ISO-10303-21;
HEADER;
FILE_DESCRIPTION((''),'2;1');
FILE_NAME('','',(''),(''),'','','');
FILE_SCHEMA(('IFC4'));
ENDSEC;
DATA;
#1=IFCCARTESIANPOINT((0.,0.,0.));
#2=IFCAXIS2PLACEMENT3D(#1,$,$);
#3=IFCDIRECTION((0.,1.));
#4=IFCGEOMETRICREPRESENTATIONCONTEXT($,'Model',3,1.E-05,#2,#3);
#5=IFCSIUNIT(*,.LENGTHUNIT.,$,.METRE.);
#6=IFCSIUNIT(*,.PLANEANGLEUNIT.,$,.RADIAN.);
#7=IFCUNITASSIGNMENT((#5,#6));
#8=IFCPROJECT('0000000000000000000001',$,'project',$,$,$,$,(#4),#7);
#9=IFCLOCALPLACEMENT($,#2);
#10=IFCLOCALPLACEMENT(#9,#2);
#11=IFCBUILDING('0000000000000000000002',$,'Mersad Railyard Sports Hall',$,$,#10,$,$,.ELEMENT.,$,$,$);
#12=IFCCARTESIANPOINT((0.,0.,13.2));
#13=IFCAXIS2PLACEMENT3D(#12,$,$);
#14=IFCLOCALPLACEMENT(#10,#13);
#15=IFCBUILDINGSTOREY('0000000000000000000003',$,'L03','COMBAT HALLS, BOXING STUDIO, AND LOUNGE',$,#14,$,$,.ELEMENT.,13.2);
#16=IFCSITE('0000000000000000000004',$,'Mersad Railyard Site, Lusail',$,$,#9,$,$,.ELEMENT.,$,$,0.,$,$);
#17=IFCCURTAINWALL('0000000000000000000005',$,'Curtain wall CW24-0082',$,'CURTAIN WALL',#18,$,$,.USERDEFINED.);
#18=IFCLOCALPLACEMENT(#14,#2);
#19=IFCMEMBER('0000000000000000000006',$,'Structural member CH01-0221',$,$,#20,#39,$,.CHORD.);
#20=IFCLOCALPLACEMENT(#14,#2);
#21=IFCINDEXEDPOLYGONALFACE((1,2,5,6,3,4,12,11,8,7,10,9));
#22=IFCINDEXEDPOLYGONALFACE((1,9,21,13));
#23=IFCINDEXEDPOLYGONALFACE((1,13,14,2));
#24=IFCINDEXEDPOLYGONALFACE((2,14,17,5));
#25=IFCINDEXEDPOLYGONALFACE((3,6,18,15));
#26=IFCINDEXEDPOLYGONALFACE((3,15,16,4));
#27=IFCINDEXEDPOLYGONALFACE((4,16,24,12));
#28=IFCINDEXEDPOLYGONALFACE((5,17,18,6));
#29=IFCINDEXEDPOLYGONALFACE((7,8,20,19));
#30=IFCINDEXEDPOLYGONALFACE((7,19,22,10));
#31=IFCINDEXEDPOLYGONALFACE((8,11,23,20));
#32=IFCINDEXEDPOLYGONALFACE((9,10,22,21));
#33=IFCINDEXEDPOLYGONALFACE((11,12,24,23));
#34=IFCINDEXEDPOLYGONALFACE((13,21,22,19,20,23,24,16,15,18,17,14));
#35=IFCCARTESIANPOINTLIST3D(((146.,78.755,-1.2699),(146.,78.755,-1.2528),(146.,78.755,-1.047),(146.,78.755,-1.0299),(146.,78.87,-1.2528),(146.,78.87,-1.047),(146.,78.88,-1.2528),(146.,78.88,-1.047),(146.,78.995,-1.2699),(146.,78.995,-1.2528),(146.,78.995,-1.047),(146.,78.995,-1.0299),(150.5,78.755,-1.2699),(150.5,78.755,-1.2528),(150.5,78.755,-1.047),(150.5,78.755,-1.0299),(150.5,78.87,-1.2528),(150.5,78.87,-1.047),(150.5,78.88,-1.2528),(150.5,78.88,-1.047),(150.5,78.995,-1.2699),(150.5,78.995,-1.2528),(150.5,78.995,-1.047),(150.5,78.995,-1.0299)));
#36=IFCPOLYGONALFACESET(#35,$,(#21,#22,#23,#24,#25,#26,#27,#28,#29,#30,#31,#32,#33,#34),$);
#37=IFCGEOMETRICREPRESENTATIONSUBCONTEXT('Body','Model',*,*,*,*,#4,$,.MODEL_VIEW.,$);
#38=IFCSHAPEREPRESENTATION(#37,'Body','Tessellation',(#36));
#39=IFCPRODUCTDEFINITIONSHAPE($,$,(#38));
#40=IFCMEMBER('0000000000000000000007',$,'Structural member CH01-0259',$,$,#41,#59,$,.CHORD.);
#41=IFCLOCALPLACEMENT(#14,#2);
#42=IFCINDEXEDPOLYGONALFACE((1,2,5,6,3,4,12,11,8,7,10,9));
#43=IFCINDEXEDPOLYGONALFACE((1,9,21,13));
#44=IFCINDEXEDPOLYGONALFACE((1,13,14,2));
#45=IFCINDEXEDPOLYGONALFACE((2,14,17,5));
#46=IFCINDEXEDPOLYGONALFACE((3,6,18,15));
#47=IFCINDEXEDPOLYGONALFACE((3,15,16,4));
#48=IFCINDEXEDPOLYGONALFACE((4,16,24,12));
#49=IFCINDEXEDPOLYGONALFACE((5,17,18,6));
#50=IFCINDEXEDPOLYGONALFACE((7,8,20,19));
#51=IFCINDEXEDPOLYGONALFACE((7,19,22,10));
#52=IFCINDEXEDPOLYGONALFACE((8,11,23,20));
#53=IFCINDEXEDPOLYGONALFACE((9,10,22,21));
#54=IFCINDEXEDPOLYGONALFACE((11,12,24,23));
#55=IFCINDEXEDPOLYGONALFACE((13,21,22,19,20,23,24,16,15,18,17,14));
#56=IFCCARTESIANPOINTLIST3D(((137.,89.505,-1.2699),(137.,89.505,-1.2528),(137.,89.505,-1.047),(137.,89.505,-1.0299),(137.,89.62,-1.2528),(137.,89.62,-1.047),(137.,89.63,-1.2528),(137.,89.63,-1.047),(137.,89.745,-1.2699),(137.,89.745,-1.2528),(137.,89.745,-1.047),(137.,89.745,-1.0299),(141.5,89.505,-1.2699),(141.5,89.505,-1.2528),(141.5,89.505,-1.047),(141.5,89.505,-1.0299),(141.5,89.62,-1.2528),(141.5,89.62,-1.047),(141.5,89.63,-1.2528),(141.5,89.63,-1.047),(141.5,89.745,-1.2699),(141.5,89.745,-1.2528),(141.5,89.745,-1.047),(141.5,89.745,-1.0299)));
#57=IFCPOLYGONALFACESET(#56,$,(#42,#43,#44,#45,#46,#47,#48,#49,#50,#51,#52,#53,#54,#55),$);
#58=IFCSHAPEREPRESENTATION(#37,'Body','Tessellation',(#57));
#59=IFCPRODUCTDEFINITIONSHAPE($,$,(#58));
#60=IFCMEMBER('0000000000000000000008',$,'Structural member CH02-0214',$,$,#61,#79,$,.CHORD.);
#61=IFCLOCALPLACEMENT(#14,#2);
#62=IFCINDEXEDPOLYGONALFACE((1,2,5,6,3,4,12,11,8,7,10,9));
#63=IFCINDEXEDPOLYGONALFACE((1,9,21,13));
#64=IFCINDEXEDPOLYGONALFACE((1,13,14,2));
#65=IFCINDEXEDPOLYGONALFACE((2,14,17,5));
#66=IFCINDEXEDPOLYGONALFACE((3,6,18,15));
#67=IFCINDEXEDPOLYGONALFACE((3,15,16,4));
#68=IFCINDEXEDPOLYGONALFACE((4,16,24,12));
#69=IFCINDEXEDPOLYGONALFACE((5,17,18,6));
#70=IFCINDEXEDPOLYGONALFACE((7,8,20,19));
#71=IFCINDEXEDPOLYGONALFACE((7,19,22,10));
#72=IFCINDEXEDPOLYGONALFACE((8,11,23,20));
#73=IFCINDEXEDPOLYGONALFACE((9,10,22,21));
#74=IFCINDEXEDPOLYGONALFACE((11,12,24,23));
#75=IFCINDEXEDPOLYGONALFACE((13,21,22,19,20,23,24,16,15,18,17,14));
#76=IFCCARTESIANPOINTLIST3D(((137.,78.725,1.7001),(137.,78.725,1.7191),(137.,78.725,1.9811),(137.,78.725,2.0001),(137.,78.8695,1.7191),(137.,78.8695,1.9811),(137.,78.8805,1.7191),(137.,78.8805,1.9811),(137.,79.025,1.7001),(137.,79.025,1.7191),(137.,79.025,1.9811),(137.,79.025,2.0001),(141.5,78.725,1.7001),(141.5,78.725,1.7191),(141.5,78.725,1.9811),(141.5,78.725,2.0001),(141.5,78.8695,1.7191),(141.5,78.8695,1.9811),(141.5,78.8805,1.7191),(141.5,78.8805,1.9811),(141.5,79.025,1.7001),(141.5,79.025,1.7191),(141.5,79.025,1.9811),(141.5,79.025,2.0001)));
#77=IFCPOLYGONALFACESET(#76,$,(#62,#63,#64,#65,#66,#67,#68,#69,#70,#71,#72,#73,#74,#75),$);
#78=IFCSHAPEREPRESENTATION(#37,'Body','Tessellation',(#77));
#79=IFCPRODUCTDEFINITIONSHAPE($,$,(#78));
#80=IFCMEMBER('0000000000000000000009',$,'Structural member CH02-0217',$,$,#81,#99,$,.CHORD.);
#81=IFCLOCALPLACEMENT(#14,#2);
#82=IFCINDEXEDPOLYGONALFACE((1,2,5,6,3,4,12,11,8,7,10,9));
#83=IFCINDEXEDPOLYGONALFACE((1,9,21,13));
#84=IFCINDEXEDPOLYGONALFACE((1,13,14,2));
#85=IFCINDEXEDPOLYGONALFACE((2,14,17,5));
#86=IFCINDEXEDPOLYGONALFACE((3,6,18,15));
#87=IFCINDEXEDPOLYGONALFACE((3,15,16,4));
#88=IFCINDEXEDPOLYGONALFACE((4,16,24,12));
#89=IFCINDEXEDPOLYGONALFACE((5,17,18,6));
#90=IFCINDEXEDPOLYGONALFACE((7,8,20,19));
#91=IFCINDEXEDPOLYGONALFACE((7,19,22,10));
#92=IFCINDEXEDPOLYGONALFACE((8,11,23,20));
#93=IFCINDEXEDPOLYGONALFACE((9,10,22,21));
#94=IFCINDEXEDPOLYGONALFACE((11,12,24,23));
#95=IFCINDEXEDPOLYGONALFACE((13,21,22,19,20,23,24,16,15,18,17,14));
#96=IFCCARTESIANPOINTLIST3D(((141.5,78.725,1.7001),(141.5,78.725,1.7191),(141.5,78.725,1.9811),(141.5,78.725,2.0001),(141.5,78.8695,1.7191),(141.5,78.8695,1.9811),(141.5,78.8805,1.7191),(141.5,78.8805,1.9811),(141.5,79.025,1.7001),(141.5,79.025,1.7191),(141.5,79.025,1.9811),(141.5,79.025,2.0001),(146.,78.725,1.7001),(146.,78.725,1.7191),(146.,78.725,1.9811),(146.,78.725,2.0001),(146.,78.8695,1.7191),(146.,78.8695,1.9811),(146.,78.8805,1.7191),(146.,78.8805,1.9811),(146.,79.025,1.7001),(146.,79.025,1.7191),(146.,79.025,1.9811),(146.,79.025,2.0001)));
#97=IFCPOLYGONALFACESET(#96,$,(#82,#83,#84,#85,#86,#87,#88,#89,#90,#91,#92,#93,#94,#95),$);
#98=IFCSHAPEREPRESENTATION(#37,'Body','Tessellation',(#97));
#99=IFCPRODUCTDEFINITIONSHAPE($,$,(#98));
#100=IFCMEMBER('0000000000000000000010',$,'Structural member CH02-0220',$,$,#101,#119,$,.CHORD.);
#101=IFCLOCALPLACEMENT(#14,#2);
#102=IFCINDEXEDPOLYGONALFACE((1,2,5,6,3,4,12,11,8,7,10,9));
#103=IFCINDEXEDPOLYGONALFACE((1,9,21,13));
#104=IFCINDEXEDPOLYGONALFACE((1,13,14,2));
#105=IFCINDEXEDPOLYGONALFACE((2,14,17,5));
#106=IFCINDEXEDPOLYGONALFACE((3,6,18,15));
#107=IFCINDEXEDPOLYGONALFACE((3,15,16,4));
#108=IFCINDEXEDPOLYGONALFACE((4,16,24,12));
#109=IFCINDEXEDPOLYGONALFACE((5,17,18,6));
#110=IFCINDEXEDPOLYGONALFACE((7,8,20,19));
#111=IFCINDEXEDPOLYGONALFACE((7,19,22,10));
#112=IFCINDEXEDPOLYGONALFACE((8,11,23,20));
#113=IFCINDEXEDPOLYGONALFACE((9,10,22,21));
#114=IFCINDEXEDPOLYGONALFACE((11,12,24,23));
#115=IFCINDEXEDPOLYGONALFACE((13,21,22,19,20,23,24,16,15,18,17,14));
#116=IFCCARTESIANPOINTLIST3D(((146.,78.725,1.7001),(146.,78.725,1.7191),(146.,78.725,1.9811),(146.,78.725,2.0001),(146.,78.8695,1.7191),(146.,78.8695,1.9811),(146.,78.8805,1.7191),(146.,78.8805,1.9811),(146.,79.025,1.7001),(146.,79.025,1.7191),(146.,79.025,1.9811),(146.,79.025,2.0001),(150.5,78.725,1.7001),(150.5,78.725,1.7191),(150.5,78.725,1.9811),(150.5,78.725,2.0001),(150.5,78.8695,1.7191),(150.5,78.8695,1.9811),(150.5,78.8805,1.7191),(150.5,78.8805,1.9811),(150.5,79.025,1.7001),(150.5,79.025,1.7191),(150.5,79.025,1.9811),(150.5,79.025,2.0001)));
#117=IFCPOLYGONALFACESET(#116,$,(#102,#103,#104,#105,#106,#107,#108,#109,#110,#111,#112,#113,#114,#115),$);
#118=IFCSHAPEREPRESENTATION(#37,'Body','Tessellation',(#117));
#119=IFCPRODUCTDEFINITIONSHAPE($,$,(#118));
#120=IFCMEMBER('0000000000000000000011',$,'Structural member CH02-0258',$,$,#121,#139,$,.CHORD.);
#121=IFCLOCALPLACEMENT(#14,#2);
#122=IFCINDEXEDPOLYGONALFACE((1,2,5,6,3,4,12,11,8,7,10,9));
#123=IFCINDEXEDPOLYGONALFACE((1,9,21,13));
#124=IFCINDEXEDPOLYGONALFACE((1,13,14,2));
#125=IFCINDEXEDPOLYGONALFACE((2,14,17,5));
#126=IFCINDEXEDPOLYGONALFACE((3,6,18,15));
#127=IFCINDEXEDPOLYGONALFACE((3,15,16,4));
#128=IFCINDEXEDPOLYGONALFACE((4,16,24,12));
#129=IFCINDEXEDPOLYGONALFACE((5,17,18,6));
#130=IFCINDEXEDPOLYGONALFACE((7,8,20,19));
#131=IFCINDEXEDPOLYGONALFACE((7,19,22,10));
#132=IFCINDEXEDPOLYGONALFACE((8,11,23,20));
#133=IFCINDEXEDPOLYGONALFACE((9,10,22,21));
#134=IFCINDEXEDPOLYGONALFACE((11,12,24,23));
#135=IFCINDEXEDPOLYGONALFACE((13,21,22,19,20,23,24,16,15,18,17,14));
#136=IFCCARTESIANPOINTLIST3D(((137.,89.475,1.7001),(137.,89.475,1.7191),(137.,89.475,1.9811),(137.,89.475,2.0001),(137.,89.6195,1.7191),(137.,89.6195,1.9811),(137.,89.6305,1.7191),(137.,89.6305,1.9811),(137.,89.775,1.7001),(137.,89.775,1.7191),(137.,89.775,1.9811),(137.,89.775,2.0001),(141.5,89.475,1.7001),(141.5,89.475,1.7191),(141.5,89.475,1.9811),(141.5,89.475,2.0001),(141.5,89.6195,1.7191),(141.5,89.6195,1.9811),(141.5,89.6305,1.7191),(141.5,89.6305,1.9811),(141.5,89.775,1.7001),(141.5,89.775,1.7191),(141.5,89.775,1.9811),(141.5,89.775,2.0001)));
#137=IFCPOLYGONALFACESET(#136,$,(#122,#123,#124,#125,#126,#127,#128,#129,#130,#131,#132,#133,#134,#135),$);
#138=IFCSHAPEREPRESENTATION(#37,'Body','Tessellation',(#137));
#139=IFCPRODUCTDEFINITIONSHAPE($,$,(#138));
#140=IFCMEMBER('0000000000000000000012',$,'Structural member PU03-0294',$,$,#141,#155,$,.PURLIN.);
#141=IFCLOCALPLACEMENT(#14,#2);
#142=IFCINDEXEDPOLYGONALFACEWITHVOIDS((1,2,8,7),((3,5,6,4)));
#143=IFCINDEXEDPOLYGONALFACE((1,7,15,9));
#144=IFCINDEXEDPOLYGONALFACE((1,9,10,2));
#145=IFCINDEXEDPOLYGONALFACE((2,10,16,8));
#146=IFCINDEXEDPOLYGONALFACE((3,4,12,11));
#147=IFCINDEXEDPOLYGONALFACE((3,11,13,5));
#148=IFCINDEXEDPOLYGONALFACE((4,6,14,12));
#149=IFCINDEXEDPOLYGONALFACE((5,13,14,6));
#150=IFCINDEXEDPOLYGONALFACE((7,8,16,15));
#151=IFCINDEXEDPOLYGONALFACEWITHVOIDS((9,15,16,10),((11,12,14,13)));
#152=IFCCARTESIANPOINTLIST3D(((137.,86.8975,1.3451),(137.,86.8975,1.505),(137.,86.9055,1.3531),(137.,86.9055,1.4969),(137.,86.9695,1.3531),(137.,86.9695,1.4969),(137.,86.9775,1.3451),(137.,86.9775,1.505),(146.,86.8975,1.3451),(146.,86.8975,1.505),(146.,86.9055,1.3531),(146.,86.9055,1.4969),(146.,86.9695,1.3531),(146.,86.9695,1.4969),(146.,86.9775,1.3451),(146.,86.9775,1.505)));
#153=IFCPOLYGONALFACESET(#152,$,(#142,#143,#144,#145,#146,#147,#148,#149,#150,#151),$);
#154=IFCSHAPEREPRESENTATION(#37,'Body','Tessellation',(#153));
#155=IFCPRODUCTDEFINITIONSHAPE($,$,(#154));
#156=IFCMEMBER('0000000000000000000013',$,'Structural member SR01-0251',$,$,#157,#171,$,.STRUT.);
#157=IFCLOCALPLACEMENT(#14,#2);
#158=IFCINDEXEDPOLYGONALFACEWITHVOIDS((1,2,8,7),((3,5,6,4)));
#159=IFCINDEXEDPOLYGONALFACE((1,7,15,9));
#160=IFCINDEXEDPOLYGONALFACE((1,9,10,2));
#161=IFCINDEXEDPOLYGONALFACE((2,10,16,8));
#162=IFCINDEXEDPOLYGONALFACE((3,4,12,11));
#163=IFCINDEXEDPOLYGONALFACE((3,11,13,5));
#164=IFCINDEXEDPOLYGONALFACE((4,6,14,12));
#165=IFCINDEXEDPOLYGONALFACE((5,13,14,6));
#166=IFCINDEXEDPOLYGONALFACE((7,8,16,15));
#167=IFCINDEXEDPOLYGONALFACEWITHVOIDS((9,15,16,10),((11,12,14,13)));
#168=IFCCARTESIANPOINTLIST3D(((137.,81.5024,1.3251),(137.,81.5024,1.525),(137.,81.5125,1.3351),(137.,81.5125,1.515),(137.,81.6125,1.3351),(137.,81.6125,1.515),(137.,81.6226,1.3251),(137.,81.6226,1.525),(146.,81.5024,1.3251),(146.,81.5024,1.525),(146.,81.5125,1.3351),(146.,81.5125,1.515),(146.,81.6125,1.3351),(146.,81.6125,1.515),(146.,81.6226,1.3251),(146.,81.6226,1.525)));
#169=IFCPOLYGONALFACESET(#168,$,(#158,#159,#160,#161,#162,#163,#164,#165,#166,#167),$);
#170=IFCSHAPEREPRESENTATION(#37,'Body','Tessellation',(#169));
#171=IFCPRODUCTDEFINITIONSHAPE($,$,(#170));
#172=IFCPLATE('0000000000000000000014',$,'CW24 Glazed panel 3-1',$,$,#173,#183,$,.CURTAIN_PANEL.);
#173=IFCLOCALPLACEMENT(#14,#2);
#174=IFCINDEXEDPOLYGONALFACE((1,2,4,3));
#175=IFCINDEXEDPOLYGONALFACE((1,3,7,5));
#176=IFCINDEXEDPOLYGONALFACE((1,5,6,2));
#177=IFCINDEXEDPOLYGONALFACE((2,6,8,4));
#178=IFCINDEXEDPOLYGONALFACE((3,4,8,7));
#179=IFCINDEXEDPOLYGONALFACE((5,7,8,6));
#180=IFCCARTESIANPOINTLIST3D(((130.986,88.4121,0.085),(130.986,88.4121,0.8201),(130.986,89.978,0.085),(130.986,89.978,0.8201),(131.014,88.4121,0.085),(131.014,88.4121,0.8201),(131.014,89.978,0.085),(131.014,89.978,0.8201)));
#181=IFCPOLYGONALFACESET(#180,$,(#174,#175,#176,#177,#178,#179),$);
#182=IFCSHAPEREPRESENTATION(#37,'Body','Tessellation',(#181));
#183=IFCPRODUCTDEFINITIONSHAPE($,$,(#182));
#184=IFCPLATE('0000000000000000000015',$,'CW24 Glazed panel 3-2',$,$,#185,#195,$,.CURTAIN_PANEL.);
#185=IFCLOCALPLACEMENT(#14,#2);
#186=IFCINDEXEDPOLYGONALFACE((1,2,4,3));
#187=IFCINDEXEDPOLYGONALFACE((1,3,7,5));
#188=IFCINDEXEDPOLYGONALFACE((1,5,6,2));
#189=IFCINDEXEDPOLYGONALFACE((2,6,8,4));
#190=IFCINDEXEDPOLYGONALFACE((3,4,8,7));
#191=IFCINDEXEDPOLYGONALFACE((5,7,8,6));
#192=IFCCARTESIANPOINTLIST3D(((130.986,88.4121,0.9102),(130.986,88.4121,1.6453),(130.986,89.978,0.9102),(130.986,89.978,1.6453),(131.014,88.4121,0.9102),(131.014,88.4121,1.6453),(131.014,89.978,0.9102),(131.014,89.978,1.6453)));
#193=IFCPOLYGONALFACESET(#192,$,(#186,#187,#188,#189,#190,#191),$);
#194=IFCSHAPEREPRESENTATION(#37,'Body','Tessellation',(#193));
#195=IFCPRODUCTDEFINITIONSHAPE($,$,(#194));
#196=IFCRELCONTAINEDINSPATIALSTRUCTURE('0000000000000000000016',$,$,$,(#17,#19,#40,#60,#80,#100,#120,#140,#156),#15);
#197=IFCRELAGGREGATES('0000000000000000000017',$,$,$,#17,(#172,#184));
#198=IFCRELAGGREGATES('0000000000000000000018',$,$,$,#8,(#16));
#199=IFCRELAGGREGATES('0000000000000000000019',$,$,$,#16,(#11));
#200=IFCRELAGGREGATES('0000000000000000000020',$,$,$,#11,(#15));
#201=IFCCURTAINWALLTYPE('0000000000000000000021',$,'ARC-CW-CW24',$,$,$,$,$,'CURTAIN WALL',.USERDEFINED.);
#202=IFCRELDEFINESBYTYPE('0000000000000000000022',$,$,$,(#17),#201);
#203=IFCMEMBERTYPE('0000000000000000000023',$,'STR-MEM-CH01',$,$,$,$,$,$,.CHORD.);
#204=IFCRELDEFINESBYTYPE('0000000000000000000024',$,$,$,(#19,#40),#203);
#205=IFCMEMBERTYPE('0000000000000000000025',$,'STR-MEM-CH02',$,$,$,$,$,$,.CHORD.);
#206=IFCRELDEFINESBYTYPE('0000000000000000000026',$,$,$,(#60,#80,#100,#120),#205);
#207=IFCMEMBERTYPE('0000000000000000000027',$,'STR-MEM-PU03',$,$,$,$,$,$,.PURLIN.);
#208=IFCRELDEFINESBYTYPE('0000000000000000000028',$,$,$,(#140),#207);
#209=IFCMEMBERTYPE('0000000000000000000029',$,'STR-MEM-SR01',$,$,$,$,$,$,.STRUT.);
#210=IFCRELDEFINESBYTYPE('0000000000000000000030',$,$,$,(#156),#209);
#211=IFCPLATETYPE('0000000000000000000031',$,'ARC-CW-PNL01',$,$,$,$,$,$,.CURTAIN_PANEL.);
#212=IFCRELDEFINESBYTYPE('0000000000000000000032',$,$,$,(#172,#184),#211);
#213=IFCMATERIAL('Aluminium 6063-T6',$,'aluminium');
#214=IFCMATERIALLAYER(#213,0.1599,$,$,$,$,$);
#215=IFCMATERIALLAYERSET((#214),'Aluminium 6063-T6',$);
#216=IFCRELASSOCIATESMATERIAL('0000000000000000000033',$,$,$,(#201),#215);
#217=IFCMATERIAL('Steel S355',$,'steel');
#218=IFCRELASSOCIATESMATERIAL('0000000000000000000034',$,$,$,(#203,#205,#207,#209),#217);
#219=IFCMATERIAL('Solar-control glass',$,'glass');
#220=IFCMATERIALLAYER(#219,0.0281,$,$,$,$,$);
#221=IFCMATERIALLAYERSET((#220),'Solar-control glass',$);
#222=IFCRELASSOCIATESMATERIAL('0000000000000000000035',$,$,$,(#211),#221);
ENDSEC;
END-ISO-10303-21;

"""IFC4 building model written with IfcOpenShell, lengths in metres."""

from ifc_helpers import new_model, si_unit, direction, frame, origin, origin_2d, place, context, subcontext, project, spatial, rectangle, hollow_rectangle, i_section, extrude, material, layer, layer_set, material_profile, profile_set, type_object, element, aggregate, save


model = new_model("IFC4")

# Units and contexts
model_context = context("Model", 3, precision=1e-05, world=origin(), true_north=direction((0.0, 1.0)))
body_context = subcontext(model_context, "Body", "Model", "MODEL_VIEW")
ifc_project = project(units=[si_unit("LENGTHUNIT", "METRE"), si_unit("PLANEANGLEUNIT", "RADIAN")], contexts=[model_context])

# Site, building, storey
site_placement = place(None, origin())
site = spatial("IfcSite", under=ifc_project, at=site_placement, Name="Mersad Railyard Site, Lusail", CompositionType="ELEMENT", RefElevation=0.0)
building_placement = place(site_placement, origin())
building = spatial("IfcBuilding", under=site, at=building_placement, Name="Mersad Railyard Sports Hall", CompositionType="ELEMENT")
storey_placement = place(building_placement, frame((0.0, 0.0, 13.2)))
storey = spatial("IfcBuildingStorey", under=building, at=storey_placement, Name="L03", Description="COMBAT HALLS, BOXING STUDIO, AND LOUNGE", CompositionType="ELEMENT", Elevation=13.2)

# Curtain wall
ifc_material_1 = material(Name="Aluminium 6063-T6", Category="aluminium")
ifc_layer_1 = layer(ifc_material_1, 0.1599)
ifc_layer_set_1 = layer_set([ifc_layer_1], Name="Aluminium 6063-T6")
curtain_wall_type = type_object("IfcCurtainWallType", Name="ARC-CW-CW24", ElementType="CURTAIN WALL", PredefinedType="USERDEFINED", material=ifc_layer_set_1)
curtain_wall_placement = place(storey_placement, origin())
curtain_wall = element("IfcCurtainWall", 1, at=curtain_wall_placement, inside=storey, type_object=curtain_wall_type, Name="Curtain wall CW24-0082", ObjectType="CURTAIN WALL", PredefinedType="USERDEFINED")

# Members
ifc_material_2 = material(Name="Steel S355", Category="steel")
ifc_material_profile_1 = material_profile(ifc_material_2, i_section(OverallWidth=0.24, OverallDepth=0.24, WebThickness=0.01, FlangeThickness=0.0171, at=origin_2d()), Name="HEB 240")
ifc_profile_set_1 = profile_set([ifc_material_profile_1], Name="Steel S355")
member_type_1 = type_object("IfcMemberType", Name="STR-MEM-CH01", PredefinedType="CHORD", material=ifc_profile_set_1)
for number, where, z_axis, x_axis, name in (
    (2, (146.0, 78.875, -1.1499), (1.0, 0.0, 0.0), (0.0, 1.0, 0.0), "Structural member CH01-0221"),
    (3, (137.0, 89.625, -1.1499), (1.0, 0.0, 0.0), (0.0, 1.0, 0.0), "Structural member CH01-0259"),
):
    element("IfcMember", number, at=place(storey_placement, frame(where, z_axis=z_axis, x_axis=x_axis)), inside=storey, type_object=member_type_1, Name=name, PredefinedType="CHORD", context=body_context, shape_type="SweptSolid", body=[
        extrude(i_section(OverallWidth=0.24, OverallDepth=0.24, WebThickness=0.01, FlangeThickness=0.0171, at=origin_2d()), origin(), (0.0, 0.0, 1.0), 4.5),
    ])
ifc_material_profile_2 = material_profile(ifc_material_2, i_section(OverallWidth=0.3, OverallDepth=0.3, WebThickness=0.011, FlangeThickness=0.019, at=origin_2d()), Name="HEB 300")
ifc_profile_set_2 = profile_set([ifc_material_profile_2], Name="Steel S355")
member_type_2 = type_object("IfcMemberType", Name="STR-MEM-CH02", PredefinedType="CHORD", material=ifc_profile_set_2)
for number, where, z_axis, x_axis, name in (
    (4, (137.0, 78.875, 1.8501), (1.0, 0.0, 0.0), (0.0, 1.0, 0.0), "Structural member CH02-0214"),
    (5, (141.5, 78.875, 1.8501), (1.0, 0.0, 0.0), (0.0, 1.0, 0.0), "Structural member CH02-0217"),
    (6, (146.0, 78.875, 1.8501), (1.0, 0.0, 0.0), (0.0, 1.0, 0.0), "Structural member CH02-0220"),
    (7, (137.0, 89.625, 1.8501), (1.0, 0.0, 0.0), (0.0, 1.0, 0.0), "Structural member CH02-0258"),
):
    element("IfcMember", number, at=place(storey_placement, frame(where, z_axis=z_axis, x_axis=x_axis)), inside=storey, type_object=member_type_2, Name=name, PredefinedType="CHORD", context=body_context, shape_type="SweptSolid", body=[
        extrude(i_section(OverallWidth=0.3, OverallDepth=0.3, WebThickness=0.011, FlangeThickness=0.019, at=origin_2d()), origin(), (0.0, 0.0, 1.0), 4.5),
    ])
ifc_material_profile_3 = material_profile(ifc_material_2, hollow_rectangle(XDim=0.0801, YDim=0.1599, WallThickness=0.0081, at=origin_2d()), Name="RHS 160x80x8")
ifc_profile_set_3 = profile_set([ifc_material_profile_3], Name="Steel S355")
member_type_3 = type_object("IfcMemberType", Name="STR-MEM-PU03", PredefinedType="PURLIN", material=ifc_profile_set_3)
member_1_placement = place(storey_placement, frame((137.0, 86.9375, 1.425), z_axis=(1.0, 0.0, 0.0), x_axis=(0.0, 1.0, 0.0)))
element("IfcMember", 8, at=member_1_placement, inside=storey, type_object=member_type_3, Name="Structural member PU03-0294", PredefinedType="PURLIN", context=body_context, shape_type="SweptSolid", body=[
    extrude(hollow_rectangle(XDim=0.0801, YDim=0.1599, WallThickness=0.0081, at=origin_2d()), origin(), (0.0, 0.0, 1.0), 9.0),
])
ifc_material_profile_4 = material_profile(ifc_material_2, hollow_rectangle(XDim=0.1201, YDim=0.2, WallThickness=0.01, at=origin_2d()), Name="RHS 200x120x10")
ifc_profile_set_4 = profile_set([ifc_material_profile_4], Name="Steel S355")
member_type_4 = type_object("IfcMemberType", Name="STR-MEM-SR01", PredefinedType="STRUT", material=ifc_profile_set_4)
member_2_placement = place(storey_placement, frame((137.0, 81.5625, 1.425), z_axis=(1.0, 0.0, 0.0), x_axis=(0.0, 1.0, 0.0)))
element("IfcMember", 9, at=member_2_placement, inside=storey, type_object=member_type_4, Name="Structural member SR01-0251", PredefinedType="STRUT", context=body_context, shape_type="SweptSolid", body=[
    extrude(hollow_rectangle(XDim=0.1201, YDim=0.2, WallThickness=0.01, at=origin_2d()), origin(), (0.0, 0.0, 1.0), 9.0),
])

# Plates
ifc_material_3 = material(Name="Solar-control glass", Category="glass")
ifc_layer_2 = layer(ifc_material_3, 0.0281)
ifc_layer_set_2 = layer_set([ifc_layer_2], Name="Solar-control glass")
plate_type_1 = type_object("IfcPlateType", Name="ARC-CW-PNL01", PredefinedType="CURTAIN_PANEL", material=ifc_layer_set_2)
plate_1_placement = place(storey_placement, frame((131.0, 89.1951, 0.085), z_axis=(0.0, 0.0, 1.0), x_axis=(0.0, 1.0, 0.0)))
plate_1 = element("IfcPlate", 10, at=plate_1_placement, type_object=plate_type_1, Name="CW24 Glazed panel 3-1", PredefinedType="CURTAIN_PANEL", context=body_context, shape_type="SweptSolid", body=[
    extrude(rectangle(XDim=1.5659, YDim=0.0281, at=origin_2d()), origin(), (0.0, 0.0, 1.0), 0.7351),
])
plate_2_placement = place(storey_placement, frame((131.0, 89.1951, 0.9102), z_axis=(0.0, 0.0, 1.0), x_axis=(0.0, 1.0, 0.0)))
plate_2 = element("IfcPlate", 11, at=plate_2_placement, type_object=plate_type_1, Name="CW24 Glazed panel 3-2", PredefinedType="CURTAIN_PANEL", context=body_context, shape_type="SweptSolid", body=[
    extrude(rectangle(XDim=1.5659, YDim=0.0281, at=origin_2d()), origin(), (0.0, 0.0, 1.0), 0.7351),
])
aggregate(curtain_wall, [plate_1, plate_2])

save(model, "model.ifc")
